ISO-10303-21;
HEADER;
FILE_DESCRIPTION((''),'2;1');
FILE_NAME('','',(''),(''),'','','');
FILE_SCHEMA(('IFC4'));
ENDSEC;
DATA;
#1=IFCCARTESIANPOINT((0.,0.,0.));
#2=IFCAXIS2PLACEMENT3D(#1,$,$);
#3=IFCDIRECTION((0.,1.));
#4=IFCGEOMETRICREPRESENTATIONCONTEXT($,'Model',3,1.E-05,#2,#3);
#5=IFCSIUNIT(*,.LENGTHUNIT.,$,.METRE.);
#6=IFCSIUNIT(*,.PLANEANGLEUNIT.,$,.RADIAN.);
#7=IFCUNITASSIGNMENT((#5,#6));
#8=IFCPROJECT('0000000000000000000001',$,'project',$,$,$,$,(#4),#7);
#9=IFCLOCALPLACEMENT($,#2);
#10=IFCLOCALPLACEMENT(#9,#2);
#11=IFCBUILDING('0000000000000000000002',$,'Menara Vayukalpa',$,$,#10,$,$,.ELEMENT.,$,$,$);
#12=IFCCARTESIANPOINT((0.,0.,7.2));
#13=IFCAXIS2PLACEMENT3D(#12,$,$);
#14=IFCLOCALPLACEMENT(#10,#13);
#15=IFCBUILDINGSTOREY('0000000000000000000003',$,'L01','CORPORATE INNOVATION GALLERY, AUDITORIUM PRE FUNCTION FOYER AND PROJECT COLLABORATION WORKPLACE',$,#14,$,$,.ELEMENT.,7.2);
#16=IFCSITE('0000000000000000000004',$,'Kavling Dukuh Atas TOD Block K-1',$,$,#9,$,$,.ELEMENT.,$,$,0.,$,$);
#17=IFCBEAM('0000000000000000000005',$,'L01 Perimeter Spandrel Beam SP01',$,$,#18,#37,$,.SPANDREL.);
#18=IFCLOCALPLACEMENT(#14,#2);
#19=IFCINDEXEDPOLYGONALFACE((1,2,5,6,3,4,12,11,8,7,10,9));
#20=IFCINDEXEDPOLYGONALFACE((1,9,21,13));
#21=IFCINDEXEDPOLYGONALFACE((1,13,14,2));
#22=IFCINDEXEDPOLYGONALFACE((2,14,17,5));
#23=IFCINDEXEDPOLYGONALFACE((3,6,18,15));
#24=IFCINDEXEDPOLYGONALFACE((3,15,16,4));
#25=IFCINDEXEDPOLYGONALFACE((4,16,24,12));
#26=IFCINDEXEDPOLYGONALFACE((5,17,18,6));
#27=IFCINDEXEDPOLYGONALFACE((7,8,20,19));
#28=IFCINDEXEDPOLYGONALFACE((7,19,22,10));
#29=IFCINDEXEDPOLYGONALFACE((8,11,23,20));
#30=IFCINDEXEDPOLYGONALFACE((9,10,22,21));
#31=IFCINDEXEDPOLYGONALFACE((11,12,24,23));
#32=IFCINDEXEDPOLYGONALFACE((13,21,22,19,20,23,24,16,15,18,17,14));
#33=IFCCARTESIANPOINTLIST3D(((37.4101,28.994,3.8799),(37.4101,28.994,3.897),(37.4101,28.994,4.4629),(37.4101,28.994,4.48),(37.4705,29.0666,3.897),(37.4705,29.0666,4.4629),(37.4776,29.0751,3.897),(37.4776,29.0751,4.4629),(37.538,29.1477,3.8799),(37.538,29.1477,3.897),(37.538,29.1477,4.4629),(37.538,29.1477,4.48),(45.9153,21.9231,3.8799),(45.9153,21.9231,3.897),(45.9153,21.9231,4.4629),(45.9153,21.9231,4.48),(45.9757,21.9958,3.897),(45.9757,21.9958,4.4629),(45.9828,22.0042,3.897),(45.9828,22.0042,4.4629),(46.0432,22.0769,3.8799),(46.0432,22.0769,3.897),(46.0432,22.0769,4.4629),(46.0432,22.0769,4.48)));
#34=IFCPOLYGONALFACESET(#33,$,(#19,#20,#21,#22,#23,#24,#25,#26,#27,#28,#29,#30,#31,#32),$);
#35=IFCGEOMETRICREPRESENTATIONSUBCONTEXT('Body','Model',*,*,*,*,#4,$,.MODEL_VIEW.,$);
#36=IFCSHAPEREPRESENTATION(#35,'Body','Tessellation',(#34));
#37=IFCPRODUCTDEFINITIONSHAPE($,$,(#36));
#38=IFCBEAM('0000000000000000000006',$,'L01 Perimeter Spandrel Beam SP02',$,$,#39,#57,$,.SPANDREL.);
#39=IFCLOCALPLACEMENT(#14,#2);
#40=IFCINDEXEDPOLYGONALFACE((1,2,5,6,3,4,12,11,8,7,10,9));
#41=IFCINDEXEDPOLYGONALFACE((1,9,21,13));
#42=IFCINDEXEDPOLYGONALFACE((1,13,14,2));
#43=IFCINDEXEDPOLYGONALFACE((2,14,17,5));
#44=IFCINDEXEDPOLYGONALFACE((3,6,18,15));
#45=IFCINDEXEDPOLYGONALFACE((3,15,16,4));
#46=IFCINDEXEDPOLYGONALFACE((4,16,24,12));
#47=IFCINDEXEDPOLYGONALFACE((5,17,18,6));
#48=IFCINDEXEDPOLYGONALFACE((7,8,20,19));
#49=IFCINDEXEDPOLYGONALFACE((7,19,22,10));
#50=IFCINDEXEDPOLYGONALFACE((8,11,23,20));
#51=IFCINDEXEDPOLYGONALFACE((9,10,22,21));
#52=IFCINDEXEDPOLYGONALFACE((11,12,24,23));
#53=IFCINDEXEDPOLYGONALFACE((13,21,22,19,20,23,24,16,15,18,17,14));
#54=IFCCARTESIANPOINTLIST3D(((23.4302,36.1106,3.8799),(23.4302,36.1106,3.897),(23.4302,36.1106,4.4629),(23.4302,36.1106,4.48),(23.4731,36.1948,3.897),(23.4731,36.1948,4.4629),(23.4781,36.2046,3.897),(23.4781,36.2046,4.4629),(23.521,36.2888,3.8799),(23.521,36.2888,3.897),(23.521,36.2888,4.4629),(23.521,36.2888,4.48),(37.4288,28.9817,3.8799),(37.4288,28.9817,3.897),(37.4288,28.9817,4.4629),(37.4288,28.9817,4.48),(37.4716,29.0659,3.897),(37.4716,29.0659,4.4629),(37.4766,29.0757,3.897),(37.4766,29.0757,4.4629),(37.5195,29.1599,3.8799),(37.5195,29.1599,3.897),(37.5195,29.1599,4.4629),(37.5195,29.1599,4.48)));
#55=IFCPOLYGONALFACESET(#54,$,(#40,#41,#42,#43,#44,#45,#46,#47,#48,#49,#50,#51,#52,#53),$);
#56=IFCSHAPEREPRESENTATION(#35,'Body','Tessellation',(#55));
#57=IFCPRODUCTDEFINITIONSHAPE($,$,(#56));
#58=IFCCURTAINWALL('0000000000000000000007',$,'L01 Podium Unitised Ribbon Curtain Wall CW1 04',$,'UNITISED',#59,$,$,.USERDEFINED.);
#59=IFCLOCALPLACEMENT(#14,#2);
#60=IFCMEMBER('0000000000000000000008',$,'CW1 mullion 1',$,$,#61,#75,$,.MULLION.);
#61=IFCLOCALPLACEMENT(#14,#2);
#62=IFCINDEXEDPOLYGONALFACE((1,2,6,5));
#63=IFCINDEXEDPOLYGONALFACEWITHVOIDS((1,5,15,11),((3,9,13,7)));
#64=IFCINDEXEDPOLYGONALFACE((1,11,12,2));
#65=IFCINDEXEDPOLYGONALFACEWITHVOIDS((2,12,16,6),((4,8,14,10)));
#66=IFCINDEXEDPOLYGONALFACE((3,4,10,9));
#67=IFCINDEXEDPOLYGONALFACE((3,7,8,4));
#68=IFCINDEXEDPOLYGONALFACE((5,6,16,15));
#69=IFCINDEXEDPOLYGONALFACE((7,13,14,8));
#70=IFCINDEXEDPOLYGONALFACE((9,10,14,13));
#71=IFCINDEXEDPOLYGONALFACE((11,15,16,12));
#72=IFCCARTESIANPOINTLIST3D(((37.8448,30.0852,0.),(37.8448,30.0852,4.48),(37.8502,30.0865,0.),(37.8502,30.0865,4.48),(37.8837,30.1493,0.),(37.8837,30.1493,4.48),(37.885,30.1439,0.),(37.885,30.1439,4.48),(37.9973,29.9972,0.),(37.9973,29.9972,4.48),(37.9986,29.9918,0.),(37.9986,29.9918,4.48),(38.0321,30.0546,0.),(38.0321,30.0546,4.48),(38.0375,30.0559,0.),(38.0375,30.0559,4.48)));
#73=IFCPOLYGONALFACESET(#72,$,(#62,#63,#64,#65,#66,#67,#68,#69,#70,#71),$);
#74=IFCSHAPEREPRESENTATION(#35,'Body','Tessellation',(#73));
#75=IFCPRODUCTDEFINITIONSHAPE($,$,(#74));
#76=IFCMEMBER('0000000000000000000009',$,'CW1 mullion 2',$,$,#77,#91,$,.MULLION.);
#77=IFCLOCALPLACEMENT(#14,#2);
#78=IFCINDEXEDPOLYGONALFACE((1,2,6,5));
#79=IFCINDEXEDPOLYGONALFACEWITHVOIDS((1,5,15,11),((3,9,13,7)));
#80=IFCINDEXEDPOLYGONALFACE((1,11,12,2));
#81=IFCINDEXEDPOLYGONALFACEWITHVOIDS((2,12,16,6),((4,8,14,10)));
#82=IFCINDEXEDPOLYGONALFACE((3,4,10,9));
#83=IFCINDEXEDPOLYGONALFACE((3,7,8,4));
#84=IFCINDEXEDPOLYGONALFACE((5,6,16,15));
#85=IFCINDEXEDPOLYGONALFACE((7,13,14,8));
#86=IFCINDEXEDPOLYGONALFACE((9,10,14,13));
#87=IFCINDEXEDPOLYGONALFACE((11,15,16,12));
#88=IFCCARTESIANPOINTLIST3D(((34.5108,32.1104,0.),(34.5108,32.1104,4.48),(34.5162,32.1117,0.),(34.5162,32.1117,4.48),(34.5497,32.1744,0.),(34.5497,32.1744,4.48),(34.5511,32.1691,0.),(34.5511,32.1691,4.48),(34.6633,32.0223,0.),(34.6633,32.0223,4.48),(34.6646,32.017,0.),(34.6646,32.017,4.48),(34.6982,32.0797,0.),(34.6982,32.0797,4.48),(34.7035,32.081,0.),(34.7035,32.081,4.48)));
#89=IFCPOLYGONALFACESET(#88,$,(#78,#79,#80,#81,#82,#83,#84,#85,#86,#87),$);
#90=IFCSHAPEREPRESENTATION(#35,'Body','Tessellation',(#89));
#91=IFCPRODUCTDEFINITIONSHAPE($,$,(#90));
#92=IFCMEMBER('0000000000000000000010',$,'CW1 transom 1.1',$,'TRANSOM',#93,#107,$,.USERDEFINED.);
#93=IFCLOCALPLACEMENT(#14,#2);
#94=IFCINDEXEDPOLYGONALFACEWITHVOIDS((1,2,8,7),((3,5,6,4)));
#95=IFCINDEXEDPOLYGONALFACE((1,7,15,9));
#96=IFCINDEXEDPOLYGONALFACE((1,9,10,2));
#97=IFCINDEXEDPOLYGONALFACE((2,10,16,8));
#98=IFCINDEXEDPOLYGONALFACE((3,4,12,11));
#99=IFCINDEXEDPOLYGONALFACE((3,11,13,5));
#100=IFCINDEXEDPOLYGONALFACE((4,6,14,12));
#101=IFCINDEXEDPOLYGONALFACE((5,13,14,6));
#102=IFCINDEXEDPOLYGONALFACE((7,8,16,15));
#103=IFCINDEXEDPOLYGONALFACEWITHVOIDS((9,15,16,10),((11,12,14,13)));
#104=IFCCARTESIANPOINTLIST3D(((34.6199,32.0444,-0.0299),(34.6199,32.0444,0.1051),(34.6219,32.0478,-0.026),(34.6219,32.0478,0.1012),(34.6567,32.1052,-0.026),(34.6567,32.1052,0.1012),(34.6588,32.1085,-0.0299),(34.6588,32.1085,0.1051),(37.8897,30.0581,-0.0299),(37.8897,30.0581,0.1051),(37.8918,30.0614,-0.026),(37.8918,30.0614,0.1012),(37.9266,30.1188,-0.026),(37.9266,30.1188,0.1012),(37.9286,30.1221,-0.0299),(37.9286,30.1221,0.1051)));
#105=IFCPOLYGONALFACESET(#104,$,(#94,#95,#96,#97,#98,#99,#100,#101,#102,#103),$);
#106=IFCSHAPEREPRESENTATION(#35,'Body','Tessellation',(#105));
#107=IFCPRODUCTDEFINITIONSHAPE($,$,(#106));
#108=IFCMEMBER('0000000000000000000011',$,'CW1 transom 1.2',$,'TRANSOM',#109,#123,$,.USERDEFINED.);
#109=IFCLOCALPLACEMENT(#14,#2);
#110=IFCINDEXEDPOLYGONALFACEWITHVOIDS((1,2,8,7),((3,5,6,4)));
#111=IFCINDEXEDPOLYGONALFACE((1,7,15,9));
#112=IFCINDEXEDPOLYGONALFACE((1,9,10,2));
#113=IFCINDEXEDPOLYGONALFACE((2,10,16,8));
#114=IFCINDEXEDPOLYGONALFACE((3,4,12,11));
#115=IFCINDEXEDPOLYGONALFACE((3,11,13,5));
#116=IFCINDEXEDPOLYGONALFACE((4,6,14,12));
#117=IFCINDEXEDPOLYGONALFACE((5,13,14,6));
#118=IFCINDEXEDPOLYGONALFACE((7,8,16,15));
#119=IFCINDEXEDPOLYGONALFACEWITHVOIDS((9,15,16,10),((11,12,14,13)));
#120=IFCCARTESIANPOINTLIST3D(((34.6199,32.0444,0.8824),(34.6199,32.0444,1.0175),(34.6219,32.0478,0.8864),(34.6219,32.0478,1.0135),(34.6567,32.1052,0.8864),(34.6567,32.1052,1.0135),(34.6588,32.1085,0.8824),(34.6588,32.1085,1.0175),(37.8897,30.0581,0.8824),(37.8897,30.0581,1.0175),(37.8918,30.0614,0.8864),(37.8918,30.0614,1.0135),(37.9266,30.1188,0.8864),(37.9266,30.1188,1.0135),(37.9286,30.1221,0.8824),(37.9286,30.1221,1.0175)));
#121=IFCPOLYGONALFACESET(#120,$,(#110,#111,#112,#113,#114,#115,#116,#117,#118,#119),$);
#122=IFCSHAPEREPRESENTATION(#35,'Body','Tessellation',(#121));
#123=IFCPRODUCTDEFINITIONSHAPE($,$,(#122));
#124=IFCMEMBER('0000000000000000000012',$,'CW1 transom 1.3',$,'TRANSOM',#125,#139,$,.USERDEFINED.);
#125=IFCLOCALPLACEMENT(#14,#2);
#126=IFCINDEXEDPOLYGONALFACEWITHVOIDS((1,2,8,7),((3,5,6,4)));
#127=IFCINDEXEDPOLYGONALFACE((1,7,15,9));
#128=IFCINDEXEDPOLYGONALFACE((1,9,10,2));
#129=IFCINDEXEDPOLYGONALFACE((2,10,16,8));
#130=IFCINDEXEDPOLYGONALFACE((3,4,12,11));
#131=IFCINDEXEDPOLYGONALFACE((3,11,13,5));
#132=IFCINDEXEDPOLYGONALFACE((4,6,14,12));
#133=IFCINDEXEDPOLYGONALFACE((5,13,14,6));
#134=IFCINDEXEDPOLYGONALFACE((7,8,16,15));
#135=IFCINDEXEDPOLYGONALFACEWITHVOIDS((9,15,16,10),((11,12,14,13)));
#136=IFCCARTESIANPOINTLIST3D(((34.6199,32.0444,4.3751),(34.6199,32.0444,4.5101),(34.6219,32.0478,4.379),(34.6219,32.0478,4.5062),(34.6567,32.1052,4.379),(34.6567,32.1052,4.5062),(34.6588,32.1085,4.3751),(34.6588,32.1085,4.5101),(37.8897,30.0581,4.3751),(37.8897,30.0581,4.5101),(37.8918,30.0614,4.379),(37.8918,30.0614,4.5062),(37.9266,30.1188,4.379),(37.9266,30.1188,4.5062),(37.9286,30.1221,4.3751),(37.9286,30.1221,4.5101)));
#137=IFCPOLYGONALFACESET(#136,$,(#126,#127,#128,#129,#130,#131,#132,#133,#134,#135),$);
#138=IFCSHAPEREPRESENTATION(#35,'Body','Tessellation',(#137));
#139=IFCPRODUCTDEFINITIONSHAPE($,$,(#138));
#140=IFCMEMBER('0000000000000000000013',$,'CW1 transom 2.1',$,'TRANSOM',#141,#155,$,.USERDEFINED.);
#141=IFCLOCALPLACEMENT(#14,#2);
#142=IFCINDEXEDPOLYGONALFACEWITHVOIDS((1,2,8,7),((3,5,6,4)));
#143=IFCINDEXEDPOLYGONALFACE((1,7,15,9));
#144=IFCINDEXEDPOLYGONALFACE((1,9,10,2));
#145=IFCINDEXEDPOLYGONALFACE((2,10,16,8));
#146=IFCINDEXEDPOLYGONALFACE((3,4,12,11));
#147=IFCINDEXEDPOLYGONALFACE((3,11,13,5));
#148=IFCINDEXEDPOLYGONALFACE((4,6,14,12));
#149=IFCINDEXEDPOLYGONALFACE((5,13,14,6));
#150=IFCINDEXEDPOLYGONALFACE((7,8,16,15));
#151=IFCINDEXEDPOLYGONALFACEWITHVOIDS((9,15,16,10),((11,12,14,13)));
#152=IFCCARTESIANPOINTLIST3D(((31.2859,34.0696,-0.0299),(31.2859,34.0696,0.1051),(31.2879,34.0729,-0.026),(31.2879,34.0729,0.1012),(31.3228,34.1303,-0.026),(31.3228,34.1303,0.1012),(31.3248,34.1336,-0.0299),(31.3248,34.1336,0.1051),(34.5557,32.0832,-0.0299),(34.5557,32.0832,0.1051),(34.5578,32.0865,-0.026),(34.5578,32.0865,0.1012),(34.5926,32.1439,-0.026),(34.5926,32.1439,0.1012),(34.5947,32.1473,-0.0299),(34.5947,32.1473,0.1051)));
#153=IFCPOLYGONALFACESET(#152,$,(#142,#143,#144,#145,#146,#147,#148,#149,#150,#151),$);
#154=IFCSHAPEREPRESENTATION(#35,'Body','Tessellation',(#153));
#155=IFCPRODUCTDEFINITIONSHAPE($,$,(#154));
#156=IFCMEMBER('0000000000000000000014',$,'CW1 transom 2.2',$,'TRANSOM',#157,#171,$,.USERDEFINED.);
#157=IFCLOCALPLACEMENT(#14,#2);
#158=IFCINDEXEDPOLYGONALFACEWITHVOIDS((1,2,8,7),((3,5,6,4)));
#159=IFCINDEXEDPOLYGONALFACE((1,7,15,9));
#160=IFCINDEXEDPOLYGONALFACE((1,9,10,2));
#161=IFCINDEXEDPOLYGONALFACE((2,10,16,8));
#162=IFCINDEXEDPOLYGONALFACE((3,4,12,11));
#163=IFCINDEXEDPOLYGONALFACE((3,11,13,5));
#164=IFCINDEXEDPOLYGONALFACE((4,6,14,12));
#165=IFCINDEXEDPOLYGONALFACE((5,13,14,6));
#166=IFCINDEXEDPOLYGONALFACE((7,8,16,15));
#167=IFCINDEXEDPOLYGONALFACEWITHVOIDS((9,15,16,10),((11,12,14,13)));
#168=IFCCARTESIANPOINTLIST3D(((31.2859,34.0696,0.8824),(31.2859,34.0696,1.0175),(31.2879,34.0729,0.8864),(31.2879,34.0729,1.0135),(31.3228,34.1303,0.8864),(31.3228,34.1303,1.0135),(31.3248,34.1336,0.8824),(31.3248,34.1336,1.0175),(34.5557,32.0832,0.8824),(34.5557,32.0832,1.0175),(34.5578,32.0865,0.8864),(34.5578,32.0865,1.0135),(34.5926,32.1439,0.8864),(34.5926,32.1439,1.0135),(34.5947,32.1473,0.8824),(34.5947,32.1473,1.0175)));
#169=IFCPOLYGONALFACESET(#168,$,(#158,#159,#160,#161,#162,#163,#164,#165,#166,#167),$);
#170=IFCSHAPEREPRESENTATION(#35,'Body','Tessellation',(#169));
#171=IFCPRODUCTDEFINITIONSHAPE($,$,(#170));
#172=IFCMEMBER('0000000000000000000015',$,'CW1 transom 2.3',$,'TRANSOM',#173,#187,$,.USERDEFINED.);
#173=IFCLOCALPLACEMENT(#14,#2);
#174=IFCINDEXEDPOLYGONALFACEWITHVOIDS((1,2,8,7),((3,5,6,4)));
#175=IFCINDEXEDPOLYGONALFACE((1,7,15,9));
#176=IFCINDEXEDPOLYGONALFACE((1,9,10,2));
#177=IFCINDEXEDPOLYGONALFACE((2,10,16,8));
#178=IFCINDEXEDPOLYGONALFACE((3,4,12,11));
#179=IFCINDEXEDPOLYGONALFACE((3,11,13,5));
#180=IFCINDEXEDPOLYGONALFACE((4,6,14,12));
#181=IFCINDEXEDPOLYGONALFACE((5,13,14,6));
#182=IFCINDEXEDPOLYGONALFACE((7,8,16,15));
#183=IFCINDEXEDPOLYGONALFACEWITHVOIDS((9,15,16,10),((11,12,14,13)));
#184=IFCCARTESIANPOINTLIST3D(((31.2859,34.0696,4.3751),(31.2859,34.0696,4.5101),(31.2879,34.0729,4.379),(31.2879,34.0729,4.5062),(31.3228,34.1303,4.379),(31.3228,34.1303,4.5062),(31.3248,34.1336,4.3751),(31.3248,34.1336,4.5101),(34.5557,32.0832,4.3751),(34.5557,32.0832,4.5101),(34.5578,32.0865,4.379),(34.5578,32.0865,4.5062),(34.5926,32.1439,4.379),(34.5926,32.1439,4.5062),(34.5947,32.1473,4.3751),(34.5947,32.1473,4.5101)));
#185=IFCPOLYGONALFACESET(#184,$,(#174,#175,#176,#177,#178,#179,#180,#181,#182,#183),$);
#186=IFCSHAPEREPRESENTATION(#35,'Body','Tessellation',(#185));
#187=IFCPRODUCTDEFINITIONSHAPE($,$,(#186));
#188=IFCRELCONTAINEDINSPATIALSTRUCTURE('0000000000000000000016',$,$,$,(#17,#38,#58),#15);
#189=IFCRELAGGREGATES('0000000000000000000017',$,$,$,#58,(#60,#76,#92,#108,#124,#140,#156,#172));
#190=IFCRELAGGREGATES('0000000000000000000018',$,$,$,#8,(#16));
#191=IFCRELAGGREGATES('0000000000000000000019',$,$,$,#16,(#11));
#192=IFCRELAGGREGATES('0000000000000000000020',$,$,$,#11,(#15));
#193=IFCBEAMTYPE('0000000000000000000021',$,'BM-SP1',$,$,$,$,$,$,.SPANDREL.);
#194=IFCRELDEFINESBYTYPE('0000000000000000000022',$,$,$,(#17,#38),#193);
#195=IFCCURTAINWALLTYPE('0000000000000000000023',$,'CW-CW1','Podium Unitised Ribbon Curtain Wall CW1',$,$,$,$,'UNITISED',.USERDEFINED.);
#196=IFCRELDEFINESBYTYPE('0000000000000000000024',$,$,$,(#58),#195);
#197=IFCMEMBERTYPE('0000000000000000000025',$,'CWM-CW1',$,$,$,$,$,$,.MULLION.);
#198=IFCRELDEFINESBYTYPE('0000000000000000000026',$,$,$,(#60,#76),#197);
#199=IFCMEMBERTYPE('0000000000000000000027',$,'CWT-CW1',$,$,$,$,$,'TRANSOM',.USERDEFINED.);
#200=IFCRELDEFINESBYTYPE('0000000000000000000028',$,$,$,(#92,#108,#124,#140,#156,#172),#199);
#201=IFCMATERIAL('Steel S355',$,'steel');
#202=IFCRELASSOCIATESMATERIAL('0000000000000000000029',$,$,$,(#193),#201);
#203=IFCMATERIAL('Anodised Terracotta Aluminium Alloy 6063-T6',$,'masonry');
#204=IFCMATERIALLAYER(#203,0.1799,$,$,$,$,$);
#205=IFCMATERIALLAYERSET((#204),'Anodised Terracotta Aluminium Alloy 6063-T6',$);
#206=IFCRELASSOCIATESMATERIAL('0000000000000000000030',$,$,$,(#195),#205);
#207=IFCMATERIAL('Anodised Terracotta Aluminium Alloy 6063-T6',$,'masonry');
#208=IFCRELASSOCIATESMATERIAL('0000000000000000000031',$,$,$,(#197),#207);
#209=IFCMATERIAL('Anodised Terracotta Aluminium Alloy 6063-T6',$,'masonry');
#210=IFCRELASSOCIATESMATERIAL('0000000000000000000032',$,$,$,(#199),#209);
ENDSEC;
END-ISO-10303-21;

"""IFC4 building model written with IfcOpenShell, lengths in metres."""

from ifc_helpers import new_model, si_unit, direction, frame, origin, origin_2d, place, context, subcontext, project, spatial, hollow_rectangle, i_section, extrude, material, layer, layer_set, material_profile, profile_set, type_object, element, aggregate, save


model = new_model("IFC4")

# Units and contexts
model_context = context("Model", 3, precision=1e-05, world=origin(), true_north=direction((0.0, 1.0)))
body_context = subcontext(model_context, "Body", "Model", "MODEL_VIEW")
ifc_project = project(units=[si_unit("LENGTHUNIT", "METRE"), si_unit("PLANEANGLEUNIT", "RADIAN")], contexts=[model_context])

# Site, building, storey
site_placement = place(None, origin())
site = spatial("IfcSite", under=ifc_project, at=site_placement, Name="Kavling Dukuh Atas TOD Block K-1", CompositionType="ELEMENT", RefElevation=0.0)
building_placement = place(site_placement, origin())
building = spatial("IfcBuilding", under=site, at=building_placement, Name="Menara Vayukalpa", CompositionType="ELEMENT")
storey_placement = place(building_placement, frame((0.0, 0.0, 7.2)))
storey = spatial("IfcBuildingStorey", under=building, at=storey_placement, Name="L01", Description="CORPORATE INNOVATION GALLERY, AUDITORIUM PRE FUNCTION FOYER AND PROJECT COLLABORATION WORKPLACE", CompositionType="ELEMENT", Elevation=7.2)

# Beams
ifc_material_1 = material(Name="Steel S355", Category="steel")
ifc_material_profile_1 = material_profile(ifc_material_1, i_section(OverallWidth=0.2, OverallDepth=0.6001, WebThickness=0.011, FlangeThickness=0.0171, at=origin_2d()), Name="WF 600x200x11x17")
ifc_profile_set_1 = profile_set([ifc_material_profile_1], Name="Steel S355")
beam_type_1 = type_object("IfcBeamType", Name="BM-SP1", PredefinedType="SPANDREL", material=ifc_profile_set_1)
beam_1_placement = place(storey_placement, frame((45.9792, 22.0, 4.1799), z_axis=(-0.768968, 0.639287, 0.0), x_axis=(-0.639287, -0.768968, 0.0)))
element("IfcBeam", 1, at=beam_1_placement, inside=storey, type_object=beam_type_1, Name="L01 Perimeter Spandrel Beam SP01", PredefinedType="SPANDREL", context=body_context, shape_type="SweptSolid", body=[
    extrude(i_section(OverallWidth=0.2, OverallDepth=0.6001, WebThickness=0.011, FlangeThickness=0.0171, at=origin_2d()), origin(), (0.0, 0.0, 1.0), 11.0605),
])
beam_2_placement = place(storey_placement, frame((37.4741, 29.0708, 4.1799), z_axis=(-0.891102, 0.453803, 0.0), x_axis=(-0.453803, -0.891102, 0.0)))
element("IfcBeam", 2, at=beam_2_placement, inside=storey, type_object=beam_type_1, Name="L01 Perimeter Spandrel Beam SP02", PredefinedType="SPANDREL", context=body_context, shape_type="SweptSolid", body=[
    extrude(i_section(OverallWidth=0.2, OverallDepth=0.6001, WebThickness=0.011, FlangeThickness=0.0171, at=origin_2d()), origin(), (0.0, 0.0, 1.0), 15.7092),
])

# Curtain wall, members
ifc_material_2 = material(Name="Anodised Terracotta Aluminium Alloy 6063-T6", Category="masonry")
ifc_layer_1 = layer(ifc_material_2, 0.1799)
ifc_layer_set_1 = layer_set([ifc_layer_1], Name="Anodised Terracotta Aluminium Alloy 6063-T6")
curtain_wall_type = type_object("IfcCurtainWallType", Name="CW-CW1", Description="Podium Unitised Ribbon Curtain Wall CW1", ElementType="UNITISED", PredefinedType="USERDEFINED", material=ifc_layer_set_1)
curtain_wall_placement = place(storey_placement, origin())
curtain_wall = element("IfcCurtainWall", 3, at=curtain_wall_placement, inside=storey, type_object=curtain_wall_type, Name="L01 Podium Unitised Ribbon Curtain Wall CW1 04", ObjectType="UNITISED", PredefinedType="USERDEFINED")
ifc_material_3 = material(Name="Anodised Terracotta Aluminium Alloy 6063-T6", Category="masonry")
ifc_material_profile_2 = material_profile(ifc_material_3, hollow_rectangle(XDim=0.075, YDim=0.1799, WallThickness=0.0039, at=origin_2d()), Name="ALU 75x180x4")
ifc_profile_set_2 = profile_set([ifc_material_profile_2], Name="Anodised Terracotta Aluminium Alloy 6063-T6")
member_type_1 = type_object("IfcMemberType", Name="CWM-CW1", PredefinedType="MULLION", material=ifc_profile_set_2)
member_1_placement = place(storey_placement, frame((37.9412, 30.0706, 0.0), z_axis=(0.0, 0.0, 1.0), x_axis=(-0.51918, -0.854665, 0.0)))
member_1 = element("IfcMember", 4, at=member_1_placement, type_object=member_type_1, Name="CW1 mullion 1", PredefinedType="MULLION", context=body_context, shape_type="SweptSolid", body=[
    extrude(hollow_rectangle(XDim=0.075, YDim=0.1799, WallThickness=0.0039, at=origin_2d()), origin(), (0.0, 0.0, 1.0), 4.48),
])
member_2_placement = place(storey_placement, frame((34.6072, 32.0957, 0.0), z_axis=(0.0, 0.0, 1.0), x_axis=(-0.51918, -0.854665, 0.0)))
member_2 = element("IfcMember", 5, at=member_2_placement, type_object=member_type_1, Name="CW1 mullion 2", PredefinedType="MULLION", context=body_context, shape_type="SweptSolid", body=[
    extrude(hollow_rectangle(XDim=0.075, YDim=0.1799, WallThickness=0.0039, at=origin_2d()), origin(), (0.0, 0.0, 1.0), 4.48),
])
ifc_material_4 = material(Name="Anodised Terracotta Aluminium Alloy 6063-T6", Category="masonry")
ifc_material_profile_3 = material_profile(ifc_material_4, hollow_rectangle(XDim=0.075, YDim=0.135, WallThickness=0.0039, at=origin_2d()), Name="ALU 75x135x4")
ifc_profile_set_3 = profile_set([ifc_material_profile_3], Name="Anodised Terracotta Aluminium Alloy 6063-T6")
member_type_2 = type_object("IfcMemberType", Name="CWT-CW1", ElementType="TRANSOM", PredefinedType="USERDEFINED", material=ifc_profile_set_3)
member_3_placement = place(storey_placement, frame((37.9092, 30.0901, 0.0376), z_axis=(-0.854659, 0.51919, 0.0), x_axis=(-0.51919, -0.854659, 0.0)))
member_3 = element("IfcMember", 6, at=member_3_placement, type_object=member_type_2, Name="CW1 transom 1.1", ObjectType="TRANSOM", PredefinedType="USERDEFINED", context=body_context, shape_type="SweptSolid", body=[
    extrude(hollow_rectangle(XDim=0.075, YDim=0.135, WallThickness=0.0039, at=origin_2d()), origin(), (0.0, 0.0, 1.0), 3.8259),
])
member_4_placement = place(storey_placement, frame((37.9092, 30.0901, 0.95), z_axis=(-0.854659, 0.51919, 0.0), x_axis=(-0.51919, -0.854659, 0.0)))
member_4 = element("IfcMember", 7, at=member_4_placement, type_object=member_type_2, Name="CW1 transom 1.2", ObjectType="TRANSOM", PredefinedType="USERDEFINED", context=body_context, shape_type="SweptSolid", body=[
    extrude(hollow_rectangle(XDim=0.075, YDim=0.135, WallThickness=0.0039, at=origin_2d()), origin(), (0.0, 0.0, 1.0), 3.8259),
])
member_5_placement = place(storey_placement, frame((37.9092, 30.0901, 4.4426), z_axis=(-0.854659, 0.51919, 0.0), x_axis=(-0.51919, -0.854659, 0.0)))
member_5 = element("IfcMember", 8, at=member_5_placement, type_object=member_type_2, Name="CW1 transom 1.3", ObjectType="TRANSOM", PredefinedType="USERDEFINED", context=body_context, shape_type="SweptSolid", body=[
    extrude(hollow_rectangle(XDim=0.075, YDim=0.135, WallThickness=0.0039, at=origin_2d()), origin(), (0.0, 0.0, 1.0), 3.8259),
])
member_6_placement = place(storey_placement, frame((34.5752, 32.1152, 0.0376), z_axis=(-0.854659, 0.51919, 0.0), x_axis=(-0.51919, -0.854659, 0.0)))
member_6 = element("IfcMember", 9, at=member_6_placement, type_object=member_type_2, Name="CW1 transom 2.1", ObjectType="TRANSOM", PredefinedType="USERDEFINED", context=body_context, shape_type="SweptSolid", body=[
    extrude(hollow_rectangle(XDim=0.075, YDim=0.135, WallThickness=0.0039, at=origin_2d()), origin(), (0.0, 0.0, 1.0), 3.8259),
])
member_7_placement = place(storey_placement, frame((34.5752, 32.1152, 0.95), z_axis=(-0.854659, 0.51919, 0.0), x_axis=(-0.51919, -0.854659, 0.0)))
member_7 = element("IfcMember", 10, at=member_7_placement, type_object=member_type_2, Name="CW1 transom 2.2", ObjectType="TRANSOM", PredefinedType="USERDEFINED", context=body_context, shape_type="SweptSolid", body=[
    extrude(hollow_rectangle(XDim=0.075, YDim=0.135, WallThickness=0.0039, at=origin_2d()), origin(), (0.0, 0.0, 1.0), 3.8259),
])
member_8_placement = place(storey_placement, frame((34.5752, 32.1152, 4.4426), z_axis=(-0.854659, 0.51919, 0.0), x_axis=(-0.51919, -0.854659, 0.0)))
member_8 = element("IfcMember", 11, at=member_8_placement, type_object=member_type_2, Name="CW1 transom 2.3", ObjectType="TRANSOM", PredefinedType="USERDEFINED", context=body_context, shape_type="SweptSolid", body=[
    extrude(hollow_rectangle(XDim=0.075, YDim=0.135, WallThickness=0.0039, at=origin_2d()), origin(), (0.0, 0.0, 1.0), 3.8259),
])
aggregate(curtain_wall, [member_1, member_2, member_3, member_4, member_5, member_6, member_7, member_8])

save(model, "model.ifc")
